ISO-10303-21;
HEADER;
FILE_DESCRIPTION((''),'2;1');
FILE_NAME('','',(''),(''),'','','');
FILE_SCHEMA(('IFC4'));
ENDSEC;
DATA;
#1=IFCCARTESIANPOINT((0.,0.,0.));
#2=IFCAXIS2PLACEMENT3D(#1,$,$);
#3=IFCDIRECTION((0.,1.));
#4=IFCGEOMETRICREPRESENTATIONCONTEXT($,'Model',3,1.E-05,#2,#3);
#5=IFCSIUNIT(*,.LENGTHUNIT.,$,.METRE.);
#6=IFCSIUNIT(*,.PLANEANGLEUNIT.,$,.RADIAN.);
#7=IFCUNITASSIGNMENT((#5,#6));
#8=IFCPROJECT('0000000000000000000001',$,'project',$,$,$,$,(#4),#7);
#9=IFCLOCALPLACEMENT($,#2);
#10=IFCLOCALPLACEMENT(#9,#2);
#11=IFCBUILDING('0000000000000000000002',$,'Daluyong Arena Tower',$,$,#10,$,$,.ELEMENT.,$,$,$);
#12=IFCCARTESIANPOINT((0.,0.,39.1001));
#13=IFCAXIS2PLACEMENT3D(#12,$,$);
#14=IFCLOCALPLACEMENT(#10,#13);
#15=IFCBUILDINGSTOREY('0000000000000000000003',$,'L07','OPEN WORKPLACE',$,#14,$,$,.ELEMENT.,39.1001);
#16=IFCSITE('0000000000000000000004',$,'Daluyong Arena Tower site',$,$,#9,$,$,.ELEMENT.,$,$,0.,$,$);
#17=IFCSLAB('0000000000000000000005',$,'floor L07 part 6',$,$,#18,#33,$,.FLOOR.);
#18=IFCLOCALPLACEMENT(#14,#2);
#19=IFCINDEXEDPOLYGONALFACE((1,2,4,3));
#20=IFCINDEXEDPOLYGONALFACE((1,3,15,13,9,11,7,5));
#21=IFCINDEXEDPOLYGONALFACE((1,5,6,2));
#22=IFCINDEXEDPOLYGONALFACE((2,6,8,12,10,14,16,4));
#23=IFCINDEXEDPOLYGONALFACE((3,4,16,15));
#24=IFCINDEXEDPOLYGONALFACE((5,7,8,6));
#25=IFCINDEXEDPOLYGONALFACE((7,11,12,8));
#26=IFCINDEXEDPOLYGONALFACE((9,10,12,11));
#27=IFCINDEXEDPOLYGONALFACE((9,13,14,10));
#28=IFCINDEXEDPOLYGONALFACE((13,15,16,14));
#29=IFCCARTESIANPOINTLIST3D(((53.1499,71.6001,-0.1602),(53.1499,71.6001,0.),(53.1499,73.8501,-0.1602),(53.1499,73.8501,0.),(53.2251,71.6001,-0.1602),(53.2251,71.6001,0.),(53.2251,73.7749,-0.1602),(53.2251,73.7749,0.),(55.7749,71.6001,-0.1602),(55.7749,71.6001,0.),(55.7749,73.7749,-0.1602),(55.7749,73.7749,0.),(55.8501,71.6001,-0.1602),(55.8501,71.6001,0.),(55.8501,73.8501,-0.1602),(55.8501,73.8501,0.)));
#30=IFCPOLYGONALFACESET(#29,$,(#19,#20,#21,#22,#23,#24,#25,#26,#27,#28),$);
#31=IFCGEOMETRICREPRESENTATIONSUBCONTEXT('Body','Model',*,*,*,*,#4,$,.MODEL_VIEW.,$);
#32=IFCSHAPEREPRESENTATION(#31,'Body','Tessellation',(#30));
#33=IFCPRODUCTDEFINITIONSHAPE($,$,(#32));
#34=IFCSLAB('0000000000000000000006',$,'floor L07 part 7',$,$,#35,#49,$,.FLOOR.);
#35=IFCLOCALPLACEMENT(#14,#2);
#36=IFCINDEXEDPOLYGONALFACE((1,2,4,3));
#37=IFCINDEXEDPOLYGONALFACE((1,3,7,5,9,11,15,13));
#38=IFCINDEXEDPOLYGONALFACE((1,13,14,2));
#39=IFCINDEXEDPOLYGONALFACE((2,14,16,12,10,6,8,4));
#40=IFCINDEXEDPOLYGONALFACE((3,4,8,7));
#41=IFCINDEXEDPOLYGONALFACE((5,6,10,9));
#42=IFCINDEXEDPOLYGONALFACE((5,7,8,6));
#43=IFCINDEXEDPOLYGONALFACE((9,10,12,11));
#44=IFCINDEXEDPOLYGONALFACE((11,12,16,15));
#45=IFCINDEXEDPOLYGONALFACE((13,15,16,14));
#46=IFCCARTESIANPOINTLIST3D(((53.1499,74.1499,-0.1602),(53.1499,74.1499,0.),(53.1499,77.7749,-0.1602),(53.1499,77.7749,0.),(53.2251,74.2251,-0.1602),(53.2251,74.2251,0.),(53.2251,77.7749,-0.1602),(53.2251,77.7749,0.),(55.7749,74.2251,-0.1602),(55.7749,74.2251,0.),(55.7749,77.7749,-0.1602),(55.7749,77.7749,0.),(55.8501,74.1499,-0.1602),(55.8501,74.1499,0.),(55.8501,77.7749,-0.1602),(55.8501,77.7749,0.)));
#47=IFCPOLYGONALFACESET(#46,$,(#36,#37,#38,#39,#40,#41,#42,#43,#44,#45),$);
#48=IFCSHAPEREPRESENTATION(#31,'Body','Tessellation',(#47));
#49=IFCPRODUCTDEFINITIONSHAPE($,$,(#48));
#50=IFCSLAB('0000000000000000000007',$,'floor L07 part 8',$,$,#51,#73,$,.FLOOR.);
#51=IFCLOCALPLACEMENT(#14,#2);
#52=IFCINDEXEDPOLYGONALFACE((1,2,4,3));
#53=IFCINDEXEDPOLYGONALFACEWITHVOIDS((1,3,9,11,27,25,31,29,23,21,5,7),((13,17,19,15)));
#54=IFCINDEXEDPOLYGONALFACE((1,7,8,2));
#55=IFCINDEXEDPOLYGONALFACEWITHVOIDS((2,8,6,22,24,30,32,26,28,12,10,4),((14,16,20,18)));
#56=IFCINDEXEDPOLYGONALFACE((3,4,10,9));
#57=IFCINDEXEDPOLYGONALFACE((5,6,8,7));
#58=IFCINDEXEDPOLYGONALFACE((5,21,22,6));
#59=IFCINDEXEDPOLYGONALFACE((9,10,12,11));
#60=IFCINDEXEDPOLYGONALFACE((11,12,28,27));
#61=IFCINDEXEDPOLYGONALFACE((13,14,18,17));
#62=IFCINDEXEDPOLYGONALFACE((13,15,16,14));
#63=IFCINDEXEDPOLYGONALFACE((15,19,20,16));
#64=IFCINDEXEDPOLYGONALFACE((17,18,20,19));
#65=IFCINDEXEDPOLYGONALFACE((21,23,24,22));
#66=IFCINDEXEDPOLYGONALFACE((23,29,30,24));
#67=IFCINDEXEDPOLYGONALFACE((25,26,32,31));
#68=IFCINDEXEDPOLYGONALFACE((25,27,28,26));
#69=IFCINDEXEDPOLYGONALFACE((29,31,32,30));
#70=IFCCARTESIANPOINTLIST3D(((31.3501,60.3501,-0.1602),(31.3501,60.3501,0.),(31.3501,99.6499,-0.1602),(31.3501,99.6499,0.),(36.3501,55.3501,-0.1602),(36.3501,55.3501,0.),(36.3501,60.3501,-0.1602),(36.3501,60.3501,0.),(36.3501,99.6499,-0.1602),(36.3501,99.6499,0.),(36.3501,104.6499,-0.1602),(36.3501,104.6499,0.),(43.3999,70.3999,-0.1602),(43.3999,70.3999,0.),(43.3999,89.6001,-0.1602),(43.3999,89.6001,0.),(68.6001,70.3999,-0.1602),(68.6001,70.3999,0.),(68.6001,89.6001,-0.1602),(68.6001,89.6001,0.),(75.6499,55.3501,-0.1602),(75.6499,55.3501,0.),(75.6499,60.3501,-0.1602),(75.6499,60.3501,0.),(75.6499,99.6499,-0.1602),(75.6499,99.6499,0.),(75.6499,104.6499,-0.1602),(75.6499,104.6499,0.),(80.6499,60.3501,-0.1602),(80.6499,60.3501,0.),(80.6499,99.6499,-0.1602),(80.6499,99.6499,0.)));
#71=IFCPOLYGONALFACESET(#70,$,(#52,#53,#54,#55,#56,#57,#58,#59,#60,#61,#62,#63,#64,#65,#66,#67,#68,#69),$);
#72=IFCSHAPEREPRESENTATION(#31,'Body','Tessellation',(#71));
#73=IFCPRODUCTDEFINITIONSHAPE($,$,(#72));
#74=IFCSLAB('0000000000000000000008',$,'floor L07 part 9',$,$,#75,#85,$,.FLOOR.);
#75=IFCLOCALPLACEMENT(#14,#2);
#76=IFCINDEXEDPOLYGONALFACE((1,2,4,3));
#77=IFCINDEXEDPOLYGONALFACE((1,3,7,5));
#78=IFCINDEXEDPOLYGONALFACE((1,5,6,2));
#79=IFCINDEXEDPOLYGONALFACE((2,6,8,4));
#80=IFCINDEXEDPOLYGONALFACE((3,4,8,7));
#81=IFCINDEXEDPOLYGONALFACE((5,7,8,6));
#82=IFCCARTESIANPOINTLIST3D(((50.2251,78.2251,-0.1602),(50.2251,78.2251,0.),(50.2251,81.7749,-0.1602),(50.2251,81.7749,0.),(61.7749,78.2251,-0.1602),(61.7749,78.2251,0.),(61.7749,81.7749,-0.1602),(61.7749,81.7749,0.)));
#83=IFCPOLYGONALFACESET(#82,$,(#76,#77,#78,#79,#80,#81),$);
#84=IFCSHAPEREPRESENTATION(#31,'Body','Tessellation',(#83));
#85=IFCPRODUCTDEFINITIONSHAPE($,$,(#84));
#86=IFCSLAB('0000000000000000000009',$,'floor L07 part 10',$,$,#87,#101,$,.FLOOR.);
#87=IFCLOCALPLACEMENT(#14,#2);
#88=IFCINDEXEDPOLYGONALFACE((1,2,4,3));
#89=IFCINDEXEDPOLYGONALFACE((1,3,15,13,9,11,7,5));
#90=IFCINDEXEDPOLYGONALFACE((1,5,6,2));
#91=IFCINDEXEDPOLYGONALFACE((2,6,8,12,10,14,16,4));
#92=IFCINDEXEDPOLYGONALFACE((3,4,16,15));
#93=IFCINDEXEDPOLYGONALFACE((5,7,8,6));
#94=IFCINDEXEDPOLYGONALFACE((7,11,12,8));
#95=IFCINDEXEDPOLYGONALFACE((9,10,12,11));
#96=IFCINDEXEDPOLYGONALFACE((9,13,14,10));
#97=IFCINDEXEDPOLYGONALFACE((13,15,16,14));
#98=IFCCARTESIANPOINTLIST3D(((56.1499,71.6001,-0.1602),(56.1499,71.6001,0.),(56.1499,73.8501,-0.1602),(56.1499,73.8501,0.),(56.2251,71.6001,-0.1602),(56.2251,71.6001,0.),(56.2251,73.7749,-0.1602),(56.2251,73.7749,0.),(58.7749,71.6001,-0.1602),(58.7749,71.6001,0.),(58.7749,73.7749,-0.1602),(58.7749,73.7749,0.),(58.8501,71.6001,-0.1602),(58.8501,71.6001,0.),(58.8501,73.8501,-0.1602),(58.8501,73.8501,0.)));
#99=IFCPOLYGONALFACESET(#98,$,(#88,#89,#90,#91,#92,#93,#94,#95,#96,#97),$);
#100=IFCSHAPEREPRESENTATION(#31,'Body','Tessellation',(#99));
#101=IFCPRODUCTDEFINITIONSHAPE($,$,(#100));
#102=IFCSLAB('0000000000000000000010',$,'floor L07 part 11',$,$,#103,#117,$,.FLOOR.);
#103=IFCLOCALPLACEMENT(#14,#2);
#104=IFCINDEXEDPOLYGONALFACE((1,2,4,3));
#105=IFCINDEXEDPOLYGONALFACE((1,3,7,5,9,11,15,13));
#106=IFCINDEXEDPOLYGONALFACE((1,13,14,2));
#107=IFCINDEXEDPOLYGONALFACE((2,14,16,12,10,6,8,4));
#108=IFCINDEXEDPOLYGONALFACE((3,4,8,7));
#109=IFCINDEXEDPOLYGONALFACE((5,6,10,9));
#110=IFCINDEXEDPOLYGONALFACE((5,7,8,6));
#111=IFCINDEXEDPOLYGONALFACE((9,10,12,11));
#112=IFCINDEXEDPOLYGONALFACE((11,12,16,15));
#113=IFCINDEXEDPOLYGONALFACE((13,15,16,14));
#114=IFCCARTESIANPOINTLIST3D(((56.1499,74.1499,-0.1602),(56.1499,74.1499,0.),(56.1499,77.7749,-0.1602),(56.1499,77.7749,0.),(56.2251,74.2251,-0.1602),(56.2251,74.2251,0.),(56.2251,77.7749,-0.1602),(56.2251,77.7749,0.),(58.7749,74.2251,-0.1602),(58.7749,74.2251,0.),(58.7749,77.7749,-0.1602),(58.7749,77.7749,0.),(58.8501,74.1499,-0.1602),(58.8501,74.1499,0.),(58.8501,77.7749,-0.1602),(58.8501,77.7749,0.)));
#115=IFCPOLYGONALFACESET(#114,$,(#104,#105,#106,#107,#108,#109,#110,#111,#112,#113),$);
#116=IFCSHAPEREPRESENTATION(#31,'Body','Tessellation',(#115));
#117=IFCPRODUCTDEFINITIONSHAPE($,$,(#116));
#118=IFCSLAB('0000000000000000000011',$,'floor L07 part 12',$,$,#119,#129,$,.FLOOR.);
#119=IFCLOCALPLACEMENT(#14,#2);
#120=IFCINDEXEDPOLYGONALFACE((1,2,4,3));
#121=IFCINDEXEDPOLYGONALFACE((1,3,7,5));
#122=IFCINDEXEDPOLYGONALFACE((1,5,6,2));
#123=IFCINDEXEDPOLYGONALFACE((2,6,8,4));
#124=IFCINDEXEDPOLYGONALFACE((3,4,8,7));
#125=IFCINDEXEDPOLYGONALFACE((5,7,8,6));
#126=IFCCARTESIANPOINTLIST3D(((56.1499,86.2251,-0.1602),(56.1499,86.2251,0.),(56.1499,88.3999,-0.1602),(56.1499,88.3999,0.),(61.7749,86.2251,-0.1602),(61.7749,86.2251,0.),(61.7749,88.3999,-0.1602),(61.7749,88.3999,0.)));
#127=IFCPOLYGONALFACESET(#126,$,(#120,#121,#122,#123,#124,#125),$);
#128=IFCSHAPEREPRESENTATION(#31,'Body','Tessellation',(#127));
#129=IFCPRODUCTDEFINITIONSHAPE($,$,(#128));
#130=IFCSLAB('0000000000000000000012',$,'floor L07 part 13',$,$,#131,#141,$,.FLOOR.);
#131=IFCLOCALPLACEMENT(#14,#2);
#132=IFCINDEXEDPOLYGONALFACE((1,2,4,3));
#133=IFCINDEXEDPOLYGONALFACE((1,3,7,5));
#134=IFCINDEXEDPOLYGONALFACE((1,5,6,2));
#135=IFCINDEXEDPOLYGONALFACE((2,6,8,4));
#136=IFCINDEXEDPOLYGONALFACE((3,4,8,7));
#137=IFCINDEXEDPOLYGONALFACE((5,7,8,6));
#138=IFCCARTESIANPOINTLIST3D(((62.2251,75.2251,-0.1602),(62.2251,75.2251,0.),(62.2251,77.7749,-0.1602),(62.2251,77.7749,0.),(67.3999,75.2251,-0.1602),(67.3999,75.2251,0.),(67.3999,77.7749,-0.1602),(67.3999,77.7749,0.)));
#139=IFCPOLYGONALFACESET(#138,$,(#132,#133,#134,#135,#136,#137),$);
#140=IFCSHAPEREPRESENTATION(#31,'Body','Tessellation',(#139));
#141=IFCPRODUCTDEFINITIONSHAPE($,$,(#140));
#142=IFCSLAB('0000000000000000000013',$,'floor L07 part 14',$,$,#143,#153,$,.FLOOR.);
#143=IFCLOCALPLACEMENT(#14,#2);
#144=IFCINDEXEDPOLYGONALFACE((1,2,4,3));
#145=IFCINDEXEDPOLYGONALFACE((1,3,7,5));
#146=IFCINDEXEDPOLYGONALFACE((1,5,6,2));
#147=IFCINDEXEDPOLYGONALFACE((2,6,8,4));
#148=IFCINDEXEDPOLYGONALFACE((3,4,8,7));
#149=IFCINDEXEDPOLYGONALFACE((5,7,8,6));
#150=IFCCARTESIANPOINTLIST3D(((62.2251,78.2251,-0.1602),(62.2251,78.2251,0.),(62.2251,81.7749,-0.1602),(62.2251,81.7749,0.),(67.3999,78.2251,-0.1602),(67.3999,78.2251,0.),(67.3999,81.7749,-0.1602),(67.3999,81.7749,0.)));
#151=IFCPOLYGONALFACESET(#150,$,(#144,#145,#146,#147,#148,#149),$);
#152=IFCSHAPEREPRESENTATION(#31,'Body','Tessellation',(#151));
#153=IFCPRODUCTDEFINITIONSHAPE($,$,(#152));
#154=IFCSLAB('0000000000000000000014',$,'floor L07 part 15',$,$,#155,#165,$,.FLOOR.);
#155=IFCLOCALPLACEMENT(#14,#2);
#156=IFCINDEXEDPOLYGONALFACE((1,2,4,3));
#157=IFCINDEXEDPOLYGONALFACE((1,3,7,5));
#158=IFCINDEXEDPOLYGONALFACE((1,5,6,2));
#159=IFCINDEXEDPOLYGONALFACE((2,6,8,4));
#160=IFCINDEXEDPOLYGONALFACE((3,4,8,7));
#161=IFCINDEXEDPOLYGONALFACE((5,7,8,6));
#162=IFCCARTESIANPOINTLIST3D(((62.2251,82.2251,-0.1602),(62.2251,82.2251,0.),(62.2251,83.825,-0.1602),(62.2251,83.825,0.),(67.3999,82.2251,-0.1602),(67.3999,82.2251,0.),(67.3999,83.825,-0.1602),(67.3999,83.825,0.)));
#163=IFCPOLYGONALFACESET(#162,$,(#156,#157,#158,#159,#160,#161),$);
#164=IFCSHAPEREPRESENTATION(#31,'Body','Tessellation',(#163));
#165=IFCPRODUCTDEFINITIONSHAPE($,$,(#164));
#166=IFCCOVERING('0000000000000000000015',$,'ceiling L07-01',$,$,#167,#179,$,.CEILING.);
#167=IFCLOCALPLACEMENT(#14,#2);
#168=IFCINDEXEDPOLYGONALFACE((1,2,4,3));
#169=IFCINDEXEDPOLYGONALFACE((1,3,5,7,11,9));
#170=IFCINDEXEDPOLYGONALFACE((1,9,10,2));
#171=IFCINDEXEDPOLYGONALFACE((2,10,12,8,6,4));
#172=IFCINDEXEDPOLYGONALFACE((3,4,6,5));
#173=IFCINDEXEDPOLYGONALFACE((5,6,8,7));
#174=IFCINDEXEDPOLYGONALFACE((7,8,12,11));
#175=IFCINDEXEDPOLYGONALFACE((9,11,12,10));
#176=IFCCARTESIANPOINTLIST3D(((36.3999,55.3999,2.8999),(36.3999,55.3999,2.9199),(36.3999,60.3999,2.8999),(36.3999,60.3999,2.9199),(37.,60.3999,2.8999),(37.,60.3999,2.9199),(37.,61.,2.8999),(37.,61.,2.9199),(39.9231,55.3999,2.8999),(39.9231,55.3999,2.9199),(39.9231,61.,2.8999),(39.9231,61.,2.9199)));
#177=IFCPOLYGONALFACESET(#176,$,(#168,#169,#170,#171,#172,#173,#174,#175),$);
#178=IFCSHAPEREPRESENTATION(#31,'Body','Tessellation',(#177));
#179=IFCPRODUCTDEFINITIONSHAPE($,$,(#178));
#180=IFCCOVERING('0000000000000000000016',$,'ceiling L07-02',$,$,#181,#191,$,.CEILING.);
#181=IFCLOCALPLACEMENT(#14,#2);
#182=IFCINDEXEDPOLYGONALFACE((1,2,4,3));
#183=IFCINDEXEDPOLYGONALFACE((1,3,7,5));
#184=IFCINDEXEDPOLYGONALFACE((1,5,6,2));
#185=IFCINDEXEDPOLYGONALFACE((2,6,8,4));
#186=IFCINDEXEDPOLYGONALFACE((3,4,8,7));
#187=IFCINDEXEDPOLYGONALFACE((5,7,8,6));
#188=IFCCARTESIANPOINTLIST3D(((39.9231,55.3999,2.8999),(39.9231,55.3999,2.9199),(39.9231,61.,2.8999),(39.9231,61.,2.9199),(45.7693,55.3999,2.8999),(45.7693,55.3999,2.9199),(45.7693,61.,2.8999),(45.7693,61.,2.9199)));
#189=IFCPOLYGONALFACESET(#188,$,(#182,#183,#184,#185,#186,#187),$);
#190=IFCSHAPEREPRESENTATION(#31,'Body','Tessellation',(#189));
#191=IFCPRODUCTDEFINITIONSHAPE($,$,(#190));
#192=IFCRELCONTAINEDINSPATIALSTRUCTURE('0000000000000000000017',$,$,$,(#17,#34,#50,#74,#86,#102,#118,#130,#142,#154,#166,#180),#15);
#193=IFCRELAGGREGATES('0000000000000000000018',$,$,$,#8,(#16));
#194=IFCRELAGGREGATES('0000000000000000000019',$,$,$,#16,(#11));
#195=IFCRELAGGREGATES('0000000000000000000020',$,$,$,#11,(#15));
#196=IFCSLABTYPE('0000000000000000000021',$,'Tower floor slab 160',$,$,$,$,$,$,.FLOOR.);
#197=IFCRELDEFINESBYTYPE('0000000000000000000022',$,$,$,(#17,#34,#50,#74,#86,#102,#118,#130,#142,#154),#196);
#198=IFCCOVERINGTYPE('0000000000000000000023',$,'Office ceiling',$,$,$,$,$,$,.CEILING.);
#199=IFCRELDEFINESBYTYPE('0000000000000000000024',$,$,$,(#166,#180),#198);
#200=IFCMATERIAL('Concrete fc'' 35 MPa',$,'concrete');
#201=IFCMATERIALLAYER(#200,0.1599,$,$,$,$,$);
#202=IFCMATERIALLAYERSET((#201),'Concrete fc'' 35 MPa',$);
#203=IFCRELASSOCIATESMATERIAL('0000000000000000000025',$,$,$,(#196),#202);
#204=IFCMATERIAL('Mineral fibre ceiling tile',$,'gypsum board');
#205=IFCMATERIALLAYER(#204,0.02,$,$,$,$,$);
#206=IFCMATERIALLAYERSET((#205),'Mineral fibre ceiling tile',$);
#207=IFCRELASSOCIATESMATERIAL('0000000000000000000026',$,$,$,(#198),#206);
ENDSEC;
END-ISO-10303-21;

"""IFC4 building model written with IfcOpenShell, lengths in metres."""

from ifc_helpers import new_model, si_unit, direction, frame, origin, place, context, subcontext, project, spatial, polyline, outline, extrude, material, layer, layer_set, type_object, element, save


model = new_model("IFC4")

# Units and contexts
model_context = context("Model", 3, precision=1e-05, world=origin(), true_north=direction((0.0, 1.0)))
body_context = subcontext(model_context, "Body", "Model", "MODEL_VIEW")
ifc_project = project(units=[si_unit("LENGTHUNIT", "METRE"), si_unit("PLANEANGLEUNIT", "RADIAN")], contexts=[model_context])

# Site, building, storey
site_placement = place(None, origin())
site = spatial("IfcSite", under=ifc_project, at=site_placement, Name="Daluyong Arena Tower site", CompositionType="ELEMENT", RefElevation=0.0)
building_placement = place(site_placement, origin())
building = spatial("IfcBuilding", under=site, at=building_placement, Name="Daluyong Arena Tower", CompositionType="ELEMENT")
storey_placement = place(building_placement, frame((0.0, 0.0, 39.1001)))
storey = spatial("IfcBuildingStorey", under=building, at=storey_placement, Name="L07", Description="OPEN WORKPLACE", CompositionType="ELEMENT", Elevation=39.1001)

# Slabs
ifc_material_1 = material(Name="Concrete fc' 35 MPa", Category="concrete")
ifc_layer_1 = layer(ifc_material_1, 0.1599)
ifc_layer_set_1 = layer_set([ifc_layer_1], Name="Concrete fc' 35 MPa")
slab_type_1 = type_object("IfcSlabType", Name="Tower floor slab 160", PredefinedType="FLOOR", material=ifc_layer_set_1)
slab_1_placement = place(storey_placement, frame((0.0, 0.0, -0.1602)))
element("IfcSlab", 1, at=slab_1_placement, inside=storey, type_object=slab_type_1, Name="floor L07 part 6", PredefinedType="FLOOR", context=body_context, shape_type="SweptSolid", body=[
    extrude(outline(polyline([(55.7749, 73.7749), (55.7749, 71.6001), (55.8501, 71.6001), (55.8501, 73.8501), (53.1499, 73.8501), (53.1499, 71.6001), (53.2251, 71.6001), (53.2251, 73.7749), (55.7749, 73.7749)])), origin(), (0.0, 0.0, 1.0), 0.1602),
])
slab_2_placement = place(storey_placement, frame((0.0, 0.0, -0.1602)))
element("IfcSlab", 2, at=slab_2_placement, inside=storey, type_object=slab_type_1, Name="floor L07 part 7", PredefinedType="FLOOR", context=body_context, shape_type="SweptSolid", body=[
    extrude(outline(polyline([(53.1499, 77.7749), (53.1499, 74.1499), (55.8501, 74.1499), (55.8501, 77.7749), (55.7749, 77.7749), (55.7749, 74.2251), (53.2251, 74.2251), (53.2251, 77.7749), (53.1499, 77.7749)])), origin(), (0.0, 0.0, 1.0), 0.1602),
])
slab_3_placement = place(storey_placement, frame((0.0, 0.0, -0.1602)))
element("IfcSlab", 3, at=slab_3_placement, inside=storey, type_object=slab_type_1, Name="floor L07 part 8", PredefinedType="FLOOR", context=body_context, shape_type="SweptSolid", body=[
    extrude(outline(polyline([(36.3501, 60.3501), (36.3501, 55.3501), (75.6499, 55.3501), (75.6499, 60.3501), (80.6499, 60.3501), (80.6499, 99.6499), (75.6499, 99.6499), (75.6499, 104.6499), (36.3501, 104.6499), (36.3501, 99.6499), (31.3501, 99.6499), (31.3501, 60.3501), (36.3501, 60.3501)]), holes=[polyline([(68.6001, 89.6001), (68.6001, 70.3999), (43.3999, 70.3999), (43.3999, 89.6001), (68.6001, 89.6001)])]), origin(), (0.0, 0.0, 1.0), 0.1602),
])
slab_4_placement = place(storey_placement, frame((0.0, 0.0, -0.1602)))
element("IfcSlab", 4, at=slab_4_placement, inside=storey, type_object=slab_type_1, Name="floor L07 part 9", PredefinedType="FLOOR", context=body_context, shape_type="SweptSolid", body=[
    extrude(outline(polyline([(61.7749, 81.7749), (50.2251, 81.7749), (50.2251, 78.2251), (61.7749, 78.2251), (61.7749, 81.7749)])), origin(), (0.0, 0.0, 1.0), 0.1602),
])
slab_5_placement = place(storey_placement, frame((0.0, 0.0, -0.1602)))
element("IfcSlab", 5, at=slab_5_placement, inside=storey, type_object=slab_type_1, Name="floor L07 part 10", PredefinedType="FLOOR", context=body_context, shape_type="SweptSolid", body=[
    extrude(outline(polyline([(58.7749, 73.7749), (58.7749, 71.6001), (58.8501, 71.6001), (58.8501, 73.8501), (56.1499, 73.8501), (56.1499, 71.6001), (56.2251, 71.6001), (56.2251, 73.7749), (58.7749, 73.7749)])), origin(), (0.0, 0.0, 1.0), 0.1602),
])
slab_6_placement = place(storey_placement, frame((0.0, 0.0, -0.1602)))
element("IfcSlab", 6, at=slab_6_placement, inside=storey, type_object=slab_type_1, Name="floor L07 part 11", PredefinedType="FLOOR", context=body_context, shape_type="SweptSolid", body=[
    extrude(outline(polyline([(56.1499, 77.7749), (56.1499, 74.1499), (58.8501, 74.1499), (58.8501, 77.7749), (58.7749, 77.7749), (58.7749, 74.2251), (56.2251, 74.2251), (56.2251, 77.7749), (56.1499, 77.7749)])), origin(), (0.0, 0.0, 1.0), 0.1602),
])
slab_7_placement = place(storey_placement, frame((0.0, 0.0, -0.1602)))
element("IfcSlab", 7, at=slab_7_placement, inside=storey, type_object=slab_type_1, Name="floor L07 part 12", PredefinedType="FLOOR", context=body_context, shape_type="SweptSolid", body=[
    extrude(outline(polyline([(56.1499, 86.2251), (61.7749, 86.2251), (61.7749, 88.3999), (56.1499, 88.3999), (56.1499, 86.2251)])), origin(), (0.0, 0.0, 1.0), 0.1602),
])
slab_8_placement = place(storey_placement, frame((0.0, 0.0, -0.1602)))
element("IfcSlab", 8, at=slab_8_placement, inside=storey, type_object=slab_type_1, Name="floor L07 part 13", PredefinedType="FLOOR", context=body_context, shape_type="SweptSolid", body=[
    extrude(outline(polyline([(67.3999, 75.2251), (67.3999, 77.7749), (62.2251, 77.7749), (62.2251, 75.2251), (67.3999, 75.2251)])), origin(), (0.0, 0.0, 1.0), 0.1602),
])
slab_9_placement = place(storey_placement, frame((0.0, 0.0, -0.1602)))
element("IfcSlab", 9, at=slab_9_placement, inside=storey, type_object=slab_type_1, Name="floor L07 part 14", PredefinedType="FLOOR", context=body_context, shape_type="SweptSolid", body=[
    extrude(outline(polyline([(67.3999, 78.2251), (67.3999, 81.7749), (62.2251, 81.7749), (62.2251, 78.2251), (67.3999, 78.2251)])), origin(), (0.0, 0.0, 1.0), 0.1602),
])
slab_10_placement = place(storey_placement, frame((0.0, 0.0, -0.1602)))
element("IfcSlab", 10, at=slab_10_placement, inside=storey, type_object=slab_type_1, Name="floor L07 part 15", PredefinedType="FLOOR", context=body_context, shape_type="SweptSolid", body=[
    extrude(outline(polyline([(67.3999, 82.2251), (67.3999, 83.825), (62.2251, 83.825), (62.2251, 82.2251), (67.3999, 82.2251)])), origin(), (0.0, 0.0, 1.0), 0.1602),
])

# Coverings
ifc_material_2 = material(Name="Mineral fibre ceiling tile", Category="gypsum board")
ifc_layer_2 = layer(ifc_material_2, 0.02)
ifc_layer_set_2 = layer_set([ifc_layer_2], Name="Mineral fibre ceiling tile")
covering_type = type_object("IfcCoveringType", Name="Office ceiling", PredefinedType="CEILING", material=ifc_layer_set_2)
covering_1_placement = place(storey_placement, frame((0.0, 0.0, 2.8999)))
element("IfcCovering", 11, at=covering_1_placement, inside=storey, type_object=covering_type, Name="ceiling L07-01", PredefinedType="CEILING", context=body_context, shape_type="SweptSolid", body=[
    extrude(outline(polyline([(36.3999, 60.3999), (36.3999, 55.3999), (39.9231, 55.3999), (39.9231, 61.0), (37.0, 61.0), (37.0, 60.3999), (36.3999, 60.3999)])), origin(), (0.0, 0.0, 1.0), 0.02),
])
covering_2_placement = place(storey_placement, frame((0.0, 0.0, 2.8999)))
element("IfcCovering", 12, at=covering_2_placement, inside=storey, type_object=covering_type, Name="ceiling L07-02", PredefinedType="CEILING", context=body_context, shape_type="SweptSolid", body=[
    extrude(outline(polyline([(39.9231, 61.0), (39.9231, 55.3999), (45.7693, 55.3999), (45.7693, 61.0), (39.9231, 61.0)])), origin(), (0.0, 0.0, 1.0), 0.02),
])

save(model, "model.ifc")
